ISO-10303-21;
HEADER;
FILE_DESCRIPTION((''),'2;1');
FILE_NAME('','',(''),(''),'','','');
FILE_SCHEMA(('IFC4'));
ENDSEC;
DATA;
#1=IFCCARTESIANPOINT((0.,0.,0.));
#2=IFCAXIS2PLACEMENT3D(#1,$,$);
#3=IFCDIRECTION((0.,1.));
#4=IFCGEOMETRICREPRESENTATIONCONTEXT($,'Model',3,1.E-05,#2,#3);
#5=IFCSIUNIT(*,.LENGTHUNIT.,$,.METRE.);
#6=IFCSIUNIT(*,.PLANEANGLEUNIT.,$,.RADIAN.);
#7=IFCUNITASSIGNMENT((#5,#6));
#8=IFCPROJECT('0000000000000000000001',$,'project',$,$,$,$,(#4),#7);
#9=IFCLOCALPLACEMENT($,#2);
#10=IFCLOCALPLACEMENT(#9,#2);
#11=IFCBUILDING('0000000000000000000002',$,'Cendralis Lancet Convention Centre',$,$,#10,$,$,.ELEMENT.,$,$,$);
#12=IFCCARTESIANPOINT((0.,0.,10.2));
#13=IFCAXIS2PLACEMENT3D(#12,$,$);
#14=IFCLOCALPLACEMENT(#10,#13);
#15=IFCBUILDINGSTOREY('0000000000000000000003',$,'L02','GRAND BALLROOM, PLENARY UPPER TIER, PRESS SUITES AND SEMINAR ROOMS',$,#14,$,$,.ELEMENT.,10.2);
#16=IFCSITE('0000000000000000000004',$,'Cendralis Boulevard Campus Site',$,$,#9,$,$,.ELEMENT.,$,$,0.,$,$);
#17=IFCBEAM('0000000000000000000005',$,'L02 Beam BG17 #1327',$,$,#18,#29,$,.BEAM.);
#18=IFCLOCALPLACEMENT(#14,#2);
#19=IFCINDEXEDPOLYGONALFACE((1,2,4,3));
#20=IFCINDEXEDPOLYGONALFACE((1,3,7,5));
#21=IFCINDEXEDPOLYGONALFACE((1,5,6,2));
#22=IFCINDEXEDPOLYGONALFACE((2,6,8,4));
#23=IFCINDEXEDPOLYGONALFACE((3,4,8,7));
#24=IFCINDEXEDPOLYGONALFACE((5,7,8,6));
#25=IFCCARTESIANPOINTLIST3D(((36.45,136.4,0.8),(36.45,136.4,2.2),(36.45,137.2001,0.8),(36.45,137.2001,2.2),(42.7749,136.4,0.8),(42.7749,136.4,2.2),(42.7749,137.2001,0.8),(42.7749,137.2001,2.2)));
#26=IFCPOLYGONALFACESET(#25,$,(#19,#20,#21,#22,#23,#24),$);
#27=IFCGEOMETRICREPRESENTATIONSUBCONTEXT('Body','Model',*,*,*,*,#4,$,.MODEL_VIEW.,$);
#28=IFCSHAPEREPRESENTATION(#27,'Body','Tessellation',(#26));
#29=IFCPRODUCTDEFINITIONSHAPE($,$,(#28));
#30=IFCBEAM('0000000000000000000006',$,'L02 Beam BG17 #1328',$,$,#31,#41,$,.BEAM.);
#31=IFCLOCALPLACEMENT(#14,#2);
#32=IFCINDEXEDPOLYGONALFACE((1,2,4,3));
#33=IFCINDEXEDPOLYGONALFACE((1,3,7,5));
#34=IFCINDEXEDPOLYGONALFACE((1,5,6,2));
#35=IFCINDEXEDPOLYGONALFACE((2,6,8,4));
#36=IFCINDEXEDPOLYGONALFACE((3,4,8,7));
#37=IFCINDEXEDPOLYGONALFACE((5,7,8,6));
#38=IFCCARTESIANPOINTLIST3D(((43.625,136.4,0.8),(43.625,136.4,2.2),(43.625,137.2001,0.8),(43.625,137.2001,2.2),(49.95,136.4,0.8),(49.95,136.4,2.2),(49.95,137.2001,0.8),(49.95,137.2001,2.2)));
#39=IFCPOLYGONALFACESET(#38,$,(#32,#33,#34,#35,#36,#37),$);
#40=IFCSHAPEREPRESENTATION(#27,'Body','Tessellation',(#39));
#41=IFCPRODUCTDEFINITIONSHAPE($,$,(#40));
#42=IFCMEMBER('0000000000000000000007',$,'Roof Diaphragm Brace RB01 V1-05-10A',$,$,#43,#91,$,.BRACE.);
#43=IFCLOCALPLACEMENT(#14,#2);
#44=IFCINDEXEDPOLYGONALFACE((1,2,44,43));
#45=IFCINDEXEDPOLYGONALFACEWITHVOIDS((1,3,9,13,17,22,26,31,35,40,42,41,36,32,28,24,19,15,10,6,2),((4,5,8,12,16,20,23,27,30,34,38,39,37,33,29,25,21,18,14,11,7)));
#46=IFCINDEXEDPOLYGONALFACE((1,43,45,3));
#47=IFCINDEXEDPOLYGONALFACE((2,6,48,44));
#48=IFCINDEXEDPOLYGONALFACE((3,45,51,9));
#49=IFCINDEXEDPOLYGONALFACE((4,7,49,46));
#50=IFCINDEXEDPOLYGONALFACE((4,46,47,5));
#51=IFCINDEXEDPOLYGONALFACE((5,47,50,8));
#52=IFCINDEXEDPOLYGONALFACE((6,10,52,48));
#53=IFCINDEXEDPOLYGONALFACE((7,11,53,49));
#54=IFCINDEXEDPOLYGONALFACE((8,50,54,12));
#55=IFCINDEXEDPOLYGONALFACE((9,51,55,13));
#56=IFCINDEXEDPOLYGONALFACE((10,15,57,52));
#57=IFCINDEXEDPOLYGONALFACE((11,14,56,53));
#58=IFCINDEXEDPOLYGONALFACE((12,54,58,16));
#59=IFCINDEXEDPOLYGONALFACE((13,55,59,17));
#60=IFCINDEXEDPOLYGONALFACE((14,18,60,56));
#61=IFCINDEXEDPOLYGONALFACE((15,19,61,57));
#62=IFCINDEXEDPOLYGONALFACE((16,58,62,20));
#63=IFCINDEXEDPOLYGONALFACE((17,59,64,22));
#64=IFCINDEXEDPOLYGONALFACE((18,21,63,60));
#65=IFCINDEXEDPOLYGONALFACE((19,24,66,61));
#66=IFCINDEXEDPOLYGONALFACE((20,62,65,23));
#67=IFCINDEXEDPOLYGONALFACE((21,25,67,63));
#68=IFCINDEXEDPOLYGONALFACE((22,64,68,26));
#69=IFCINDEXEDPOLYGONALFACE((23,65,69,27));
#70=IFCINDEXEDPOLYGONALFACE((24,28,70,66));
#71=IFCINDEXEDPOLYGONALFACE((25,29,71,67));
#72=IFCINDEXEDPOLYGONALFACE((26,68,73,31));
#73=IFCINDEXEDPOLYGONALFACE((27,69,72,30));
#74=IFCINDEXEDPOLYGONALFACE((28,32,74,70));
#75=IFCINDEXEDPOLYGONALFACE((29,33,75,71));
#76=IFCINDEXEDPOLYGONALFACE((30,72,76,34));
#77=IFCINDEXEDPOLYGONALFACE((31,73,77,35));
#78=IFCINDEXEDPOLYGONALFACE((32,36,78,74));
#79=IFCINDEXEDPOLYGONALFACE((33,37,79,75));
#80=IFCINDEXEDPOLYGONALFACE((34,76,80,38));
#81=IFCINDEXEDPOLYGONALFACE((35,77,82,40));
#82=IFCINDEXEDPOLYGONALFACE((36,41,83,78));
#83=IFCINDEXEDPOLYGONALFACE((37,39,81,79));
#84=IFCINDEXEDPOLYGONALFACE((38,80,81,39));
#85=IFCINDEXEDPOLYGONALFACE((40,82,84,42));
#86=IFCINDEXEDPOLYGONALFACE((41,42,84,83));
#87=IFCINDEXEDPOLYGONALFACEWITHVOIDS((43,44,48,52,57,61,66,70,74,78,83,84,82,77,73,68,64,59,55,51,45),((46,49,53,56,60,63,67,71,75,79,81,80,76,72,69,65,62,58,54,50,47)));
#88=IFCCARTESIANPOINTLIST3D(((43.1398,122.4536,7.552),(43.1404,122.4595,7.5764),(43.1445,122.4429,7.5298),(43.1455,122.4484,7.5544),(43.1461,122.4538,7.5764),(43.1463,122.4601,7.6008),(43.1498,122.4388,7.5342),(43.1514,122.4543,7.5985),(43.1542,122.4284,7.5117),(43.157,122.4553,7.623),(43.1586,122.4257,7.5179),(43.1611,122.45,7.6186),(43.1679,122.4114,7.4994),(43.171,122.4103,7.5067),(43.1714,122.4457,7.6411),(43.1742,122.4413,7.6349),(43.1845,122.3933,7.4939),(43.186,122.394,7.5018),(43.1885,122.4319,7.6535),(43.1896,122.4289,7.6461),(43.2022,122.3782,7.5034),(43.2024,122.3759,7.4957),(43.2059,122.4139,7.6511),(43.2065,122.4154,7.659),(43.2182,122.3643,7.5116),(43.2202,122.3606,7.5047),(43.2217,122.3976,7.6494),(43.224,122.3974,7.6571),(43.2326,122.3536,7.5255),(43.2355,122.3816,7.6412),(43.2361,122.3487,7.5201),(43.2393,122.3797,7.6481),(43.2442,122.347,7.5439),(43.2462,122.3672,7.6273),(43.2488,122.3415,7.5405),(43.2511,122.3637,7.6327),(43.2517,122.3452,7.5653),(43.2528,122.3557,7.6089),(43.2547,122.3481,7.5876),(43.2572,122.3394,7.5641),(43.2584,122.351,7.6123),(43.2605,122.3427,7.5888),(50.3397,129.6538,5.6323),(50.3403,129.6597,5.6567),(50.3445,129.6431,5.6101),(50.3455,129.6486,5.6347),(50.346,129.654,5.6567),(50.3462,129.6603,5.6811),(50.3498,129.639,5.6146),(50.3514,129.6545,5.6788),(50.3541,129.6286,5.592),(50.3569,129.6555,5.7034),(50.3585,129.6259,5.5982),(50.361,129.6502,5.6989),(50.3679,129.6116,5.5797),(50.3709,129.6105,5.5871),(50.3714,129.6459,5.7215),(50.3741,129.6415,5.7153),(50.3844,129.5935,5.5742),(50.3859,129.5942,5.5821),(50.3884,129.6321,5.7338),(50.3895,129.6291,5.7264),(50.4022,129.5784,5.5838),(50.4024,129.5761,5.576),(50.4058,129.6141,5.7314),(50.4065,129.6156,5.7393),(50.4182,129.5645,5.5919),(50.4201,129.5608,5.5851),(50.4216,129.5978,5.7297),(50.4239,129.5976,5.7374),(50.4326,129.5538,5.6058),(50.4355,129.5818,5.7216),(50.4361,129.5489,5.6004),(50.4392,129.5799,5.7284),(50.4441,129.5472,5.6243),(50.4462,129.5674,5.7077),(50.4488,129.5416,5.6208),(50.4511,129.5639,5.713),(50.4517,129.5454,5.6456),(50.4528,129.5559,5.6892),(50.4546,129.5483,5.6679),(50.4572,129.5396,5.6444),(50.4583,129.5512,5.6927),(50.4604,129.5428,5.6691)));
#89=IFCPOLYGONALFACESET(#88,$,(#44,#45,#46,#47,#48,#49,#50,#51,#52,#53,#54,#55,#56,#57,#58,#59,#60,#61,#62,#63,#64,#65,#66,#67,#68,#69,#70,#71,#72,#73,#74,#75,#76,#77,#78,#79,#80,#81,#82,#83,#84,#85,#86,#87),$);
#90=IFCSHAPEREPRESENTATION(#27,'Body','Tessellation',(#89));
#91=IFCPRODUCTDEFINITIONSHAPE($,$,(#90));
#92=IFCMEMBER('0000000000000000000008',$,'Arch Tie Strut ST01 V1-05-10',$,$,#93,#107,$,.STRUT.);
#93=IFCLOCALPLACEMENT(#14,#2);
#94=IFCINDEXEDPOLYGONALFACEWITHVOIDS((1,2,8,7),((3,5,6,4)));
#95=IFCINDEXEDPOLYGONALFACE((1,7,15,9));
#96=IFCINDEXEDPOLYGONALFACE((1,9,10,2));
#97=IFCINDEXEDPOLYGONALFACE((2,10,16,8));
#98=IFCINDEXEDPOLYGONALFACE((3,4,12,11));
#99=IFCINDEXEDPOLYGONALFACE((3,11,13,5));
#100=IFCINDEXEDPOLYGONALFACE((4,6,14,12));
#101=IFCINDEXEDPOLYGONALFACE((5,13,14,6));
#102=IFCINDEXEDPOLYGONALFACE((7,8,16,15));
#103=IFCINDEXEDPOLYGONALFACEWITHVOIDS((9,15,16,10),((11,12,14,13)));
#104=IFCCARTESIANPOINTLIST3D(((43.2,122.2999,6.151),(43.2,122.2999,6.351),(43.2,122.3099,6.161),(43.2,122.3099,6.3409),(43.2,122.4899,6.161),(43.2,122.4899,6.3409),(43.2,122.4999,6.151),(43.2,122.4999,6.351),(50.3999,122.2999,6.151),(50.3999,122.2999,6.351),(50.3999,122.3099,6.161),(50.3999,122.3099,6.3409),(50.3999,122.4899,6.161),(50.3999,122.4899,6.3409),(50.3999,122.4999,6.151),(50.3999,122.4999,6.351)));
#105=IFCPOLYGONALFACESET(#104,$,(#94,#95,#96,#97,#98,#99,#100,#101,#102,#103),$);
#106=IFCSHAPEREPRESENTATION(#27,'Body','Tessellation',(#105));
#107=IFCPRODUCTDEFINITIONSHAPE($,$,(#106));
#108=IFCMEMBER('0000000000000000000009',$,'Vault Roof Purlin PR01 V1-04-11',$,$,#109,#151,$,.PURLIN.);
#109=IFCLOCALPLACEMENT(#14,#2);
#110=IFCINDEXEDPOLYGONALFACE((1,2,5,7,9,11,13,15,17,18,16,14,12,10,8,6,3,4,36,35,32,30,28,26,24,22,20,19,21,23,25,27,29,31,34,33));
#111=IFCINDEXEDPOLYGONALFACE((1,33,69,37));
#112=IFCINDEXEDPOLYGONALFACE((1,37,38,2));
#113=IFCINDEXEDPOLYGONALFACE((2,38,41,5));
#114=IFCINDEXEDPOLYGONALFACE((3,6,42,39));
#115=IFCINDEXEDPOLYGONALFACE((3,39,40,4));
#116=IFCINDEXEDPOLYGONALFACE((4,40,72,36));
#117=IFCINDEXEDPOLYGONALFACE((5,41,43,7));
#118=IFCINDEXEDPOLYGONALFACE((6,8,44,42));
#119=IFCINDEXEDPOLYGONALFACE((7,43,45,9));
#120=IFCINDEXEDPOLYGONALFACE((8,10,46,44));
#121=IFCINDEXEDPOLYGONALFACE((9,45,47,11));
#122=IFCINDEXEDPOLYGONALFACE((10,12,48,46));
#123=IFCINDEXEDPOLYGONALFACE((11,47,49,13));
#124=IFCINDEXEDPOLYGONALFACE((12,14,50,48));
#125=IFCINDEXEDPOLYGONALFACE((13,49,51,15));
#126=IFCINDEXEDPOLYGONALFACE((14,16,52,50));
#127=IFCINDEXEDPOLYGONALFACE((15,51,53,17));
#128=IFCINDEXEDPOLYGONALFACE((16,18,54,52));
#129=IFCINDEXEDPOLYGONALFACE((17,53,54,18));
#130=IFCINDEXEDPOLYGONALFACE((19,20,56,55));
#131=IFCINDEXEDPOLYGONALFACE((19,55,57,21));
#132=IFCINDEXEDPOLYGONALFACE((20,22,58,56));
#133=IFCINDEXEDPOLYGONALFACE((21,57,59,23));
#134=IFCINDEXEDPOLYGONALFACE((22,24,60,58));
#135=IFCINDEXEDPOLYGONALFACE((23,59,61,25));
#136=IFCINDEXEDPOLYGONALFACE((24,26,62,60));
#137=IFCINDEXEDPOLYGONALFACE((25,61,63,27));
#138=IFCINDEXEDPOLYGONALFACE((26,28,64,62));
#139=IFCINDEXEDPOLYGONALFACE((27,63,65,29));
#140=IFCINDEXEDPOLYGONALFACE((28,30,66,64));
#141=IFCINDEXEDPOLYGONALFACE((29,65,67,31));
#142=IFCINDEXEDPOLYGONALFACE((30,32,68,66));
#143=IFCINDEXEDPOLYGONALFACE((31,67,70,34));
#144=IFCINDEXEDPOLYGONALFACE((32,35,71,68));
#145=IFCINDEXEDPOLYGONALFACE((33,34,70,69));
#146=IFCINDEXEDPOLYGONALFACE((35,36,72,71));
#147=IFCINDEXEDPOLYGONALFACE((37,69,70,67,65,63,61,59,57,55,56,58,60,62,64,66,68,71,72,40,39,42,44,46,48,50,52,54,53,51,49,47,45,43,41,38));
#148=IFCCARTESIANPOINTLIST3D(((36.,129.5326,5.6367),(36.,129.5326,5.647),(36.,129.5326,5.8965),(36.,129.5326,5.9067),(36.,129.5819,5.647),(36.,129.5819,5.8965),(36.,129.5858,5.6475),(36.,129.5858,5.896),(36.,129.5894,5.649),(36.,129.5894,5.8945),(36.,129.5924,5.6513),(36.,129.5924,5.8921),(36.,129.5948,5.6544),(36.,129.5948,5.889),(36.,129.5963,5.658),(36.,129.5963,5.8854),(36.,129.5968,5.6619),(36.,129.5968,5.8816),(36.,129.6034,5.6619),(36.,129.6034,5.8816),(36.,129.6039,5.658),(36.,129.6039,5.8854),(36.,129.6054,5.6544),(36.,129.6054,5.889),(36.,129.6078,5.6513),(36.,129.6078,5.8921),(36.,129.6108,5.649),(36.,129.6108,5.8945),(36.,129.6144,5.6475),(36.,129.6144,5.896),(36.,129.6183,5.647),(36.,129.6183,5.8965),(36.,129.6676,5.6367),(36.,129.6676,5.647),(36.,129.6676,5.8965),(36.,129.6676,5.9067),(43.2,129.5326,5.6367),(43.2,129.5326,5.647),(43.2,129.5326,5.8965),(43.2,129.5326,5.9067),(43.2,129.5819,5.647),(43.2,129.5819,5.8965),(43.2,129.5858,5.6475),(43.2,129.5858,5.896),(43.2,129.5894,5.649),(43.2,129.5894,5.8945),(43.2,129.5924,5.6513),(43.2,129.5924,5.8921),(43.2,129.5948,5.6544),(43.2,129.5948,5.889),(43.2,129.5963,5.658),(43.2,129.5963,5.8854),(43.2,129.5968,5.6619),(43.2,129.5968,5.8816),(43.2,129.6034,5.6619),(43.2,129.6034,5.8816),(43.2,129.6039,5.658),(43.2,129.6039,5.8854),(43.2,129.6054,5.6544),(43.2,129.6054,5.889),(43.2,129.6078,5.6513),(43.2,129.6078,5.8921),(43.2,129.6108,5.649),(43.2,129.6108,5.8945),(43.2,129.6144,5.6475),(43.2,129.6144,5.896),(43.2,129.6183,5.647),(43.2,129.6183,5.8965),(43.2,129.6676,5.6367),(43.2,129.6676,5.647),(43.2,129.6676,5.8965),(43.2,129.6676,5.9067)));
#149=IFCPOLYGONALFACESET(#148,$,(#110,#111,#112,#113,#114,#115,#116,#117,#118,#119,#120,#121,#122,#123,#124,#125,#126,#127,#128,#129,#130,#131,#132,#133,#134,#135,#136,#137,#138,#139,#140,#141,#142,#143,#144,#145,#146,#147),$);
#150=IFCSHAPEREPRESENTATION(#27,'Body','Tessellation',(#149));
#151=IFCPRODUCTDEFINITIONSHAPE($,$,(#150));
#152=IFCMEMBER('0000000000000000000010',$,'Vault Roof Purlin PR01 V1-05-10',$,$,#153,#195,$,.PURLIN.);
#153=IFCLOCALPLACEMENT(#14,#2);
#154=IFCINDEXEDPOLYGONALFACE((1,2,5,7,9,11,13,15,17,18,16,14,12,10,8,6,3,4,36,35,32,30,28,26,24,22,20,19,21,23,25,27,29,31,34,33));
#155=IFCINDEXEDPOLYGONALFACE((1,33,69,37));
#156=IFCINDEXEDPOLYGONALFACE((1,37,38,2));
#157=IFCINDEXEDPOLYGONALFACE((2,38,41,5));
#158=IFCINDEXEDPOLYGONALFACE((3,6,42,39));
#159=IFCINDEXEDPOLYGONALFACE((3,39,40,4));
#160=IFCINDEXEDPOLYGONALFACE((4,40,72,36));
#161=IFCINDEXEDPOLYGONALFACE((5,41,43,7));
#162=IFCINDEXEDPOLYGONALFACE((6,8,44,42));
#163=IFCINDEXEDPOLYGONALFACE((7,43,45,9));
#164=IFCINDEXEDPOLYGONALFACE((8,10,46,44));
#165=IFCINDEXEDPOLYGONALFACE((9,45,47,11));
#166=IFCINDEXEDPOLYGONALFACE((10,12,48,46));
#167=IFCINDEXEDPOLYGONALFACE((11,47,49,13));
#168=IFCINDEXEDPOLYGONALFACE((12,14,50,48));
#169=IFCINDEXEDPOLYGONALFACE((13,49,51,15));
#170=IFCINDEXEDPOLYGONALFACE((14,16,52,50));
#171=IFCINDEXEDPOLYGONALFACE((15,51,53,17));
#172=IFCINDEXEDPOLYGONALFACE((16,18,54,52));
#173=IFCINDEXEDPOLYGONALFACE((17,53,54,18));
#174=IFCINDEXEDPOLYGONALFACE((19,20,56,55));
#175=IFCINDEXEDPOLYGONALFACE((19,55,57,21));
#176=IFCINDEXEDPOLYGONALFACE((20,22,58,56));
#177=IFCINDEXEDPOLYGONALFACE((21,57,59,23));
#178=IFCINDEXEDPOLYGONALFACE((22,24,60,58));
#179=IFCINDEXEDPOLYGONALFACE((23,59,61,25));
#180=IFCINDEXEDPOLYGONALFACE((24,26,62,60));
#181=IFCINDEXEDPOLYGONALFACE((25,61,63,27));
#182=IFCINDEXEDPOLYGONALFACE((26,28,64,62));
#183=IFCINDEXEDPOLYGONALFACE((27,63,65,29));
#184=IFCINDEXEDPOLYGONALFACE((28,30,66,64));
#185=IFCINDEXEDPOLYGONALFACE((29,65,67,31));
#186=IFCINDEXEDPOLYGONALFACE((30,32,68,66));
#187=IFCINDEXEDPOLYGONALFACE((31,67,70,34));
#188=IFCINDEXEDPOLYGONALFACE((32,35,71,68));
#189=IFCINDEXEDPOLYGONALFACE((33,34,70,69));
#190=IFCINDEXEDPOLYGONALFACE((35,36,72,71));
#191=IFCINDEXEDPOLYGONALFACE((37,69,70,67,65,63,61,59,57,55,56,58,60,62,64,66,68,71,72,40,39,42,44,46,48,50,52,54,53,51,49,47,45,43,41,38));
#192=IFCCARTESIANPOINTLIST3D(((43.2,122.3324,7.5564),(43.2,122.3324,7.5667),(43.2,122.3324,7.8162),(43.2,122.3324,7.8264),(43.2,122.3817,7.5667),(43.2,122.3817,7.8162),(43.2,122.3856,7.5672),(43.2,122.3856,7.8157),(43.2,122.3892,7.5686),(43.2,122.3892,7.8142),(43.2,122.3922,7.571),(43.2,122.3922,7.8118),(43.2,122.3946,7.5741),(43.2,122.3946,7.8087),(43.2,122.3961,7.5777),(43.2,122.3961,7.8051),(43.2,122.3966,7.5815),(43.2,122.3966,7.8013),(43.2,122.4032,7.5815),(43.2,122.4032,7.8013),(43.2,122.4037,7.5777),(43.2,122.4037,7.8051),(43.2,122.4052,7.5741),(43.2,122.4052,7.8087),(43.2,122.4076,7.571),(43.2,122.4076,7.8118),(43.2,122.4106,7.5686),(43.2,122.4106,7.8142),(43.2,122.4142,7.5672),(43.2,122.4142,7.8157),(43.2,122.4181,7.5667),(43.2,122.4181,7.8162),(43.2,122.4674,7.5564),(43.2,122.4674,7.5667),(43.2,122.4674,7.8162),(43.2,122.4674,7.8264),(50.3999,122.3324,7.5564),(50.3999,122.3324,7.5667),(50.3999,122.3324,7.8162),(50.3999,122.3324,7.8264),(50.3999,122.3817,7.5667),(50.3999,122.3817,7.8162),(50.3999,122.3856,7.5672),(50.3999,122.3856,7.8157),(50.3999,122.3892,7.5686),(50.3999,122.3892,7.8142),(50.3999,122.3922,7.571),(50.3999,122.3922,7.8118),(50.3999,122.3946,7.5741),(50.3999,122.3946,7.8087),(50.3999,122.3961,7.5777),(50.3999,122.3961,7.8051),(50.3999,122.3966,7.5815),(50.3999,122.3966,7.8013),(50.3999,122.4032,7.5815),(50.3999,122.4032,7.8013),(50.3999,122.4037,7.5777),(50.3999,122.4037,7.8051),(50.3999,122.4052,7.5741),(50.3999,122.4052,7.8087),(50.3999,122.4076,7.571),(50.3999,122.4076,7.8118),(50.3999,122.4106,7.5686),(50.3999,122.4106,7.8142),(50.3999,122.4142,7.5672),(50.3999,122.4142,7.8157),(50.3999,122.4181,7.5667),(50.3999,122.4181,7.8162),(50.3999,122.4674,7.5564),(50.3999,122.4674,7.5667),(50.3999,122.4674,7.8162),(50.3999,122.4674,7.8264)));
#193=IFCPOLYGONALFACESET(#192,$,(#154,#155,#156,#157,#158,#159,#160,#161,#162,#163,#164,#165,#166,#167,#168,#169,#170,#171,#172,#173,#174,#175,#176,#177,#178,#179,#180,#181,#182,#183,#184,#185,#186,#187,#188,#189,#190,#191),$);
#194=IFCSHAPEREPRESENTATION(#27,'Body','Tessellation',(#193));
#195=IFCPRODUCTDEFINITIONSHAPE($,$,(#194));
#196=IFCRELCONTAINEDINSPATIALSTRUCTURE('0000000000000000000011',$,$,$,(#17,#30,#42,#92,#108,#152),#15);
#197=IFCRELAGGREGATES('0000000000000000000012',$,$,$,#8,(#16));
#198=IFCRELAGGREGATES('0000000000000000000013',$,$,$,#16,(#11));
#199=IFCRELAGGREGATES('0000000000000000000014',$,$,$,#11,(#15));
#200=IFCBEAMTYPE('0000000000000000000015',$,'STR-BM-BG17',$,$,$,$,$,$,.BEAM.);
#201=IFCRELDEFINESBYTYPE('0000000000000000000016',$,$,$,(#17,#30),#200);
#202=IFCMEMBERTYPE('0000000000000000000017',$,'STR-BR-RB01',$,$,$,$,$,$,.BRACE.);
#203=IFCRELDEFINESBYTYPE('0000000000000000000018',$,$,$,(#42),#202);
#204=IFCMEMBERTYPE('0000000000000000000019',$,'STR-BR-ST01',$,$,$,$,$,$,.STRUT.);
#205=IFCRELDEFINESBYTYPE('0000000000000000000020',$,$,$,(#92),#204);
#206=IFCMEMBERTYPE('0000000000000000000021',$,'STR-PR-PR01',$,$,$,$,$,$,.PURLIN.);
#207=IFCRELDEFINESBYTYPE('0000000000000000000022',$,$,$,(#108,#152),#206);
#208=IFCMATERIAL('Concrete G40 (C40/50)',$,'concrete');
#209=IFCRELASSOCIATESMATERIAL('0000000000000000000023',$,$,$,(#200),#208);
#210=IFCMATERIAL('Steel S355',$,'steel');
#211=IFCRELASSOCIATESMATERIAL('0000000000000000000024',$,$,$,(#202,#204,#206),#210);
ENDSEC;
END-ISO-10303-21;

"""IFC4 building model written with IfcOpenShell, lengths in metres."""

from ifc_helpers import new_model, si_unit, direction, frame, origin, origin_2d, place, context, subcontext, project, spatial, rectangle, hollow_rectangle, hollow_circle, i_section, extrude, material, material_profile, profile_set, type_object, element, save


model = new_model("IFC4")

# Units and contexts
model_context = context("Model", 3, precision=1e-05, world=origin(), true_north=direction((0.0, 1.0)))
body_context = subcontext(model_context, "Body", "Model", "MODEL_VIEW")
ifc_project = project(units=[si_unit("LENGTHUNIT", "METRE"), si_unit("PLANEANGLEUNIT", "RADIAN")], contexts=[model_context])

# Site, building, storey
site_placement = place(None, origin())
site = spatial("IfcSite", under=ifc_project, at=site_placement, Name="Cendralis Boulevard Campus Site", CompositionType="ELEMENT", RefElevation=0.0)
building_placement = place(site_placement, origin())
building = spatial("IfcBuilding", under=site, at=building_placement, Name="Cendralis Lancet Convention Centre", CompositionType="ELEMENT")
storey_placement = place(building_placement, frame((0.0, 0.0, 10.2)))
storey = spatial("IfcBuildingStorey", under=building, at=storey_placement, Name="L02", Description="GRAND BALLROOM, PLENARY UPPER TIER, PRESS SUITES AND SEMINAR ROOMS", CompositionType="ELEMENT", Elevation=10.2)

# Beams
ifc_material_1 = material(Name="Concrete G40 (C40/50)", Category="concrete")
ifc_material_profile_1 = material_profile(ifc_material_1, rectangle(XDim=0.8, YDim=1.3999, at=origin_2d()), Name="RCB 800x1400")
ifc_profile_set_1 = profile_set([ifc_material_profile_1], Name="Concrete G40 (C40/50)")
beam_type = type_object("IfcBeamType", Name="STR-BM-BG17", PredefinedType="BEAM", material=ifc_profile_set_1)
for number, where, z_axis, x_axis, name in (
    (1, (36.45, 136.8, 1.5), (1.0, 0.0, 0.0), (0.0, 1.0, 0.0), "L02 Beam BG17 #1327"),
    (2, (43.625, 136.8, 1.5), (1.0, 0.0, 0.0), (0.0, 1.0, 0.0), "L02 Beam BG17 #1328"),
):
    element("IfcBeam", number, at=place(storey_placement, frame(where, z_axis=z_axis, x_axis=x_axis)), inside=storey, type_object=beam_type, Name=name, PredefinedType="BEAM", context=body_context, shape_type="SweptSolid", body=[
        extrude(rectangle(XDim=0.8, YDim=1.3999, at=origin_2d()), origin(), (0.0, 0.0, 1.0), 6.325),
    ])

# Members
ifc_material_2 = material(Name="Steel S355", Category="steel")
ifc_material_profile_2 = material_profile(ifc_material_2, hollow_circle(Radius=0.0842, WallThickness=0.0081, at=origin_2d()), Name="CHS 168.3x8.0")
ifc_profile_set_2 = profile_set([ifc_material_profile_2], Name="Steel S355")
member_type_1 = type_object("IfcMemberType", Name="STR-BR-RB01", PredefinedType="BRACE", material=ifc_profile_set_2)
member_1_placement = place(storey_placement, frame((43.2, 122.3999, 7.5764), z_axis=(0.694854, 0.694878, -0.185265), x_axis=(-0.707119, 0.707095, 0.0)))
element("IfcMember", 3, at=member_1_placement, inside=storey, type_object=member_type_1, Name="Roof Diaphragm Brace RB01 V1-05-10A", PredefinedType="BRACE", context=body_context, shape_type="SweptSolid", body=[
    extrude(hollow_circle(Radius=0.0842, WallThickness=0.0081, at=origin_2d()), origin(), (0.0, 0.0, 1.0), 10.3618),
])
ifc_material_profile_3 = material_profile(ifc_material_2, hollow_rectangle(XDim=0.2, YDim=0.2, WallThickness=0.01, at=origin_2d()), Name="SHS 200x200x10.0")
ifc_profile_set_3 = profile_set([ifc_material_profile_3], Name="Steel S355")
member_type_2 = type_object("IfcMemberType", Name="STR-BR-ST01", PredefinedType="STRUT", material=ifc_profile_set_3)
member_2_placement = place(storey_placement, frame((43.2, 122.3999, 6.251), z_axis=(1.0, 0.0, 0.0), x_axis=(0.0, 1.0, 0.0)))
element("IfcMember", 4, at=member_2_placement, inside=storey, type_object=member_type_2, Name="Arch Tie Strut ST01 V1-05-10", PredefinedType="STRUT", context=body_context, shape_type="SweptSolid", body=[
    extrude(hollow_rectangle(XDim=0.2, YDim=0.2, WallThickness=0.01, at=origin_2d()), origin(), (0.0, 0.0, 1.0), 7.2),
])
ifc_material_profile_4 = material_profile(ifc_material_2, i_section(OverallWidth=0.135, OverallDepth=0.27, WebThickness=0.0066, FlangeThickness=0.0103, FilletRadius=0.0149, at=origin_2d()), Name="IPE 270")
ifc_profile_set_4 = profile_set([ifc_material_profile_4], Name="Steel S355")
member_type_3 = type_object("IfcMemberType", Name="STR-PR-PR01", PredefinedType="PURLIN", material=ifc_profile_set_4)
for number, where, z_axis, x_axis, name in (
    (5, (36.0, 129.6001, 5.7717), (1.0, 0.0, 0.0), (0.0, 1.0, 0.0), "Vault Roof Purlin PR01 V1-04-11"),
    (6, (43.2, 122.3999, 7.6914), (1.0, 0.0, 0.0), (0.0, 1.0, 0.0), "Vault Roof Purlin PR01 V1-05-10"),
):
    element("IfcMember", number, at=place(storey_placement, frame(where, z_axis=z_axis, x_axis=x_axis)), inside=storey, type_object=member_type_3, Name=name, PredefinedType="PURLIN", context=body_context, shape_type="SweptSolid", body=[
        extrude(i_section(OverallWidth=0.135, OverallDepth=0.27, WebThickness=0.0066, FlangeThickness=0.0103, FilletRadius=0.0149, at=origin_2d()), origin(), (0.0, 0.0, 1.0), 7.2),
    ])

save(model, "model.ifc")
